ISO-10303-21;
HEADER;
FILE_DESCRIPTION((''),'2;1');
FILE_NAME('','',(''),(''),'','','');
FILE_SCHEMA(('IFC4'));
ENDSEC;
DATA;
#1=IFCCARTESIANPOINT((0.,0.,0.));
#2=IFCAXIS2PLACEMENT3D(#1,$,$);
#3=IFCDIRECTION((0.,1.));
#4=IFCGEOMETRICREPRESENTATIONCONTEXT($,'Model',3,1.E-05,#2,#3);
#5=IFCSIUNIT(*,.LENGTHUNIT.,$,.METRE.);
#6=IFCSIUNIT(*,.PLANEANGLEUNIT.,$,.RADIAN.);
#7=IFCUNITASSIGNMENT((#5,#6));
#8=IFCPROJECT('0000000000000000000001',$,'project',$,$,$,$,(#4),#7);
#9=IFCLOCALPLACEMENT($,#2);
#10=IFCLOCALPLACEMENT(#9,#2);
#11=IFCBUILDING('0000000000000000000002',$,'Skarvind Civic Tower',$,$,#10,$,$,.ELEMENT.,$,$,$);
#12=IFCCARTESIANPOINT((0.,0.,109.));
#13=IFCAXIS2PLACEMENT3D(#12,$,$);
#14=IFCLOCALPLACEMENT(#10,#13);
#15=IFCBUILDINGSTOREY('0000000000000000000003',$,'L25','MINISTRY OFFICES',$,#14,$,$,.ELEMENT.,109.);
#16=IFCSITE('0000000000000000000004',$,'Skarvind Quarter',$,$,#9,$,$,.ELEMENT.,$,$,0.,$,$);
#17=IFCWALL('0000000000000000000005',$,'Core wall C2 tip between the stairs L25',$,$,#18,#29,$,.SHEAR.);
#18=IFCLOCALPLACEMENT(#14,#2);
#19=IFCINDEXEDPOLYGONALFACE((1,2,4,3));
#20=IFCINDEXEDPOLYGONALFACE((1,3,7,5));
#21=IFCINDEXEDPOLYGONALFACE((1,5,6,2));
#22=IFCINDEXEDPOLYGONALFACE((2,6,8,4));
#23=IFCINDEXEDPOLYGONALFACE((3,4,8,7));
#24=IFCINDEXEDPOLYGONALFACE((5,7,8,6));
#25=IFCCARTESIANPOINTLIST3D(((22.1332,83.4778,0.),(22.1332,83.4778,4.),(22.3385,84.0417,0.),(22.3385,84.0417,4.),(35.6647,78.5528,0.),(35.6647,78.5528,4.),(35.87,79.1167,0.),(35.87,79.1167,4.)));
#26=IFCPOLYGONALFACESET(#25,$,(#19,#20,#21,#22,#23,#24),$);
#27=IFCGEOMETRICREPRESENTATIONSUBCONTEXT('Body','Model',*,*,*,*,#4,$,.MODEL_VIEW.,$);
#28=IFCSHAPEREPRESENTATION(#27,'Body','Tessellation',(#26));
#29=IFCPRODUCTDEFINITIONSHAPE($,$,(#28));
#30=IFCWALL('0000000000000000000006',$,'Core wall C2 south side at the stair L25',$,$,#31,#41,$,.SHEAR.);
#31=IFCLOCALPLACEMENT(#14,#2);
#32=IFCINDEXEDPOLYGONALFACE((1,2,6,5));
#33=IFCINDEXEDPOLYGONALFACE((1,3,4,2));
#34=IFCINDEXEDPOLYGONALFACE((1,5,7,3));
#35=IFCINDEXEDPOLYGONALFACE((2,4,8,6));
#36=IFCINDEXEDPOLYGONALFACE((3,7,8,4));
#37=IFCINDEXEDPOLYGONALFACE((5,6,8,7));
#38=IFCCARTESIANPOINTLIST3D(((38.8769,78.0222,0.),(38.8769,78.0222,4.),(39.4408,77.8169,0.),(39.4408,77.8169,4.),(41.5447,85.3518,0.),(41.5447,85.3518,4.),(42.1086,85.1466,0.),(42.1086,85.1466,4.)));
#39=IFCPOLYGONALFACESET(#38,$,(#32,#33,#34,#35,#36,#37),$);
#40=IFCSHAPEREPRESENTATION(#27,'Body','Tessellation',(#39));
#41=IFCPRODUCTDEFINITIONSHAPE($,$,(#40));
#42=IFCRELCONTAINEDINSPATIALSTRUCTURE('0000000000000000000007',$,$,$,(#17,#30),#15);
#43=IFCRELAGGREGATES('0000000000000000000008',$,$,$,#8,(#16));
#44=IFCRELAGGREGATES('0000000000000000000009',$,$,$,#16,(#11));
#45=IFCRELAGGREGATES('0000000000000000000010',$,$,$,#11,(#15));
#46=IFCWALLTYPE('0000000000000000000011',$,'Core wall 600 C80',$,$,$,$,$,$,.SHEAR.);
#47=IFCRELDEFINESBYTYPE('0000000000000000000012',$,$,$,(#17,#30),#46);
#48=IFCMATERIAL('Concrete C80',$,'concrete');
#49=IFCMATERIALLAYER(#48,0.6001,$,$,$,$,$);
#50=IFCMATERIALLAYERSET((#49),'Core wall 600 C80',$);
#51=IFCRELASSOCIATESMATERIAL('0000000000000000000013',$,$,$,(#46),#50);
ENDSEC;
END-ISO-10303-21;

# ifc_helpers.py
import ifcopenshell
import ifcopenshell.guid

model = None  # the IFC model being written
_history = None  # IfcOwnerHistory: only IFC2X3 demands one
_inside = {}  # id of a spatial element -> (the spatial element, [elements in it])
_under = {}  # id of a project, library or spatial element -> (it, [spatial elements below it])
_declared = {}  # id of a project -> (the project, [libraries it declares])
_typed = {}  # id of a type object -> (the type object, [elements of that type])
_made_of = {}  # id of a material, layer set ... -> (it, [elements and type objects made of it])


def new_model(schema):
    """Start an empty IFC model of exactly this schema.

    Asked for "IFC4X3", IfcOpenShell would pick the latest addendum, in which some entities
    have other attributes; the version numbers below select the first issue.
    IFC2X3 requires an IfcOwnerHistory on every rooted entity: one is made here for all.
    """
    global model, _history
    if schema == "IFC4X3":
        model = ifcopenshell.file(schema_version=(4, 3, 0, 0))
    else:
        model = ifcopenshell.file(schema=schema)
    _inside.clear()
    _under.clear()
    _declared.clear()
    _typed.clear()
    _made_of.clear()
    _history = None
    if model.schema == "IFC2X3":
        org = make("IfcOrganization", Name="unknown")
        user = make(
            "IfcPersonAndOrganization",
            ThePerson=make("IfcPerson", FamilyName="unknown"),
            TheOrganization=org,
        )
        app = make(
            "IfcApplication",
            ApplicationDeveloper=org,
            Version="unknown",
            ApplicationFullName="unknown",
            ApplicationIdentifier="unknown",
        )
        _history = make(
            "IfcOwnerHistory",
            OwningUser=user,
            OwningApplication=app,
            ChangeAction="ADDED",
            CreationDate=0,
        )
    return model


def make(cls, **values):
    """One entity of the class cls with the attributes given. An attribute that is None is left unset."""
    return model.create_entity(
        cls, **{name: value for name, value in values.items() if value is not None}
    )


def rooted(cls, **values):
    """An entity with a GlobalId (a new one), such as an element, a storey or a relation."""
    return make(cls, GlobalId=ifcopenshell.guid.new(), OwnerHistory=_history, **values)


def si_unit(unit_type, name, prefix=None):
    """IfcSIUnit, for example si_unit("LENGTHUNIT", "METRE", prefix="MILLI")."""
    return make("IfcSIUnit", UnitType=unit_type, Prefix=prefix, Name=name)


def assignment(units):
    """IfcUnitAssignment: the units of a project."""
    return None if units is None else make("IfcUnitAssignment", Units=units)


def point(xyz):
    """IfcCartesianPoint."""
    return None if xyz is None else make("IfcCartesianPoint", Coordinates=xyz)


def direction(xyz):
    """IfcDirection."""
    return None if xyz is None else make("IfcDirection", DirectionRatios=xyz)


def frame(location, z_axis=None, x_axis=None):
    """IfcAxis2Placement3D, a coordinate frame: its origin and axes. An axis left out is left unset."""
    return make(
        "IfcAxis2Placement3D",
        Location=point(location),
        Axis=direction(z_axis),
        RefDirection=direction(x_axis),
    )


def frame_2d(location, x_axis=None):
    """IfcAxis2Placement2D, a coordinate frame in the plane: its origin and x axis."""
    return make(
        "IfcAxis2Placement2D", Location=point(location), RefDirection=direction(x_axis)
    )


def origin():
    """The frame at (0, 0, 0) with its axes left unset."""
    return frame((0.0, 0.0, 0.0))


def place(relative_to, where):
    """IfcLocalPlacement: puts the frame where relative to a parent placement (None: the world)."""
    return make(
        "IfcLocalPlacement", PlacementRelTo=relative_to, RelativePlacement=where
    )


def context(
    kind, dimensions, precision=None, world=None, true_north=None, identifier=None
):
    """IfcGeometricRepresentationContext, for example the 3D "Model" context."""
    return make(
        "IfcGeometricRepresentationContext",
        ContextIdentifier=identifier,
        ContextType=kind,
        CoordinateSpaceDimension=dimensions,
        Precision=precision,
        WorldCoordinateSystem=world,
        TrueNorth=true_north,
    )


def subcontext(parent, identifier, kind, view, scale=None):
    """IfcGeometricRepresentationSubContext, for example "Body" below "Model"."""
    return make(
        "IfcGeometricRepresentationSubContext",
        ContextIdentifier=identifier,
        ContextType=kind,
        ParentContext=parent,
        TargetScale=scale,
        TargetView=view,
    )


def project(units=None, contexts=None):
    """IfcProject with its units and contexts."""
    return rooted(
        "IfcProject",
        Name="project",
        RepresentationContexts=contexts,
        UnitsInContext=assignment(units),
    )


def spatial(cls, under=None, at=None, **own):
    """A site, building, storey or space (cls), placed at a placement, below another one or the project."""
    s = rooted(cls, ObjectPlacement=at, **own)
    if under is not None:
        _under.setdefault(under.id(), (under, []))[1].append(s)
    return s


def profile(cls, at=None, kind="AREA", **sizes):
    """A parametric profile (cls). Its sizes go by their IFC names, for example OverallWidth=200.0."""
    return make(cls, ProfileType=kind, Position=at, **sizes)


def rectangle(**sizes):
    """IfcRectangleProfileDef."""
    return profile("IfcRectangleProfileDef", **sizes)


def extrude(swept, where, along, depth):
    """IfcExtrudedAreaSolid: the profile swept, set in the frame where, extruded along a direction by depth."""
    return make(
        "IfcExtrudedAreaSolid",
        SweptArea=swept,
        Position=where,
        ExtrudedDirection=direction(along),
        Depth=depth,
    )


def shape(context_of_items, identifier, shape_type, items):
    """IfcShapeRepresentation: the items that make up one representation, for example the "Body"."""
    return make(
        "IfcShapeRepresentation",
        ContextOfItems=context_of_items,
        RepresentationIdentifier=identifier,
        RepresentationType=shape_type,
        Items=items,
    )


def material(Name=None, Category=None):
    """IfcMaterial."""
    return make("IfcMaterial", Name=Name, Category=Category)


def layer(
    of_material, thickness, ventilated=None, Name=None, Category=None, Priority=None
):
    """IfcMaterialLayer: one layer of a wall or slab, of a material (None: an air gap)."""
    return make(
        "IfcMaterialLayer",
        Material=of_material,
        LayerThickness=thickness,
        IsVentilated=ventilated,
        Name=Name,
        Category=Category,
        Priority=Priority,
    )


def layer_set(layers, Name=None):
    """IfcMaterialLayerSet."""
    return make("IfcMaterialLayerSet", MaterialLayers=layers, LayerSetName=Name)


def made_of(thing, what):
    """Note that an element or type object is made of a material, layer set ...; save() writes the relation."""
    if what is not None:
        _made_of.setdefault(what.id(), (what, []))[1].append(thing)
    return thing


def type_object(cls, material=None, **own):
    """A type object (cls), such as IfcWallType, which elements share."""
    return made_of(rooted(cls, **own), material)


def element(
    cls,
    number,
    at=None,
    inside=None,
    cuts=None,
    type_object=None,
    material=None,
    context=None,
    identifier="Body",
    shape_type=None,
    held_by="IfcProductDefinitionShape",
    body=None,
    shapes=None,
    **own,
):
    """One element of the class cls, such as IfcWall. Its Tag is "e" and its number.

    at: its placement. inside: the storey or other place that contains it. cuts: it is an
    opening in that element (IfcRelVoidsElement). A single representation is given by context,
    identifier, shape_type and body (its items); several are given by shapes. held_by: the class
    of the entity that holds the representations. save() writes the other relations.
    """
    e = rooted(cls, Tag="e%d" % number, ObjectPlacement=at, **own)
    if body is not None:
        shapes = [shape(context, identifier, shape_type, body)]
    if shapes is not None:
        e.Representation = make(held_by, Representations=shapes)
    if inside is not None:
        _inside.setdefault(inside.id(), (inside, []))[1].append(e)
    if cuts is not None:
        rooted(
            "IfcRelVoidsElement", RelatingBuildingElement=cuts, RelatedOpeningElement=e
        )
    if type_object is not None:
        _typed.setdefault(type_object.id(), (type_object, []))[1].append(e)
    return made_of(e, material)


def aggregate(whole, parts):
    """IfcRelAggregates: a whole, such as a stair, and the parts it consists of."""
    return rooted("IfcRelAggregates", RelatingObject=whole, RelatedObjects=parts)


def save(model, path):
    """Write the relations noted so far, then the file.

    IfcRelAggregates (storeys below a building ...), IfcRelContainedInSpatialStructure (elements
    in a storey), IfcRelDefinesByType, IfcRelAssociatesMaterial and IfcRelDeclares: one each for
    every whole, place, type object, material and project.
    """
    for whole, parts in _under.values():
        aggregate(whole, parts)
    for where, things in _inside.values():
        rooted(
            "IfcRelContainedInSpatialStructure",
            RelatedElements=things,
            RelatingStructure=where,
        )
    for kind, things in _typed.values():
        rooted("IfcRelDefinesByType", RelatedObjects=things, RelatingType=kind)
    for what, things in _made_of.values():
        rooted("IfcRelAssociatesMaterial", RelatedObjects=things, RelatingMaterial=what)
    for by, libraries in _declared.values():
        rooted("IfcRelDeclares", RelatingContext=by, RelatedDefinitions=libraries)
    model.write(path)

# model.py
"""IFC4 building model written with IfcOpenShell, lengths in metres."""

from ifc_helpers import new_model, si_unit, direction, frame, frame_2d, origin, place, context, subcontext, project, spatial, rectangle, extrude, material, layer, layer_set, type_object, element, save


model = new_model("IFC4")

# Units and contexts
model_context = context("Model", 3, precision=1e-05, world=origin(), true_north=direction((0.0, 1.0)))
body_context = subcontext(model_context, "Body", "Model", "MODEL_VIEW")
ifc_project = project(units=[si_unit("LENGTHUNIT", "METRE"), si_unit("PLANEANGLEUNIT", "RADIAN")], contexts=[model_context])

# Site, building, storey
site_placement = place(None, origin())
site = spatial("IfcSite", under=ifc_project, at=site_placement, Name="Skarvind Quarter", CompositionType="ELEMENT", RefElevation=0.0)
building_placement = place(site_placement, origin())
building = spatial("IfcBuilding", under=site, at=building_placement, Name="Skarvind Civic Tower", CompositionType="ELEMENT")
storey_placement = place(building_placement, frame((0.0, 0.0, 109.0)))
storey = spatial("IfcBuildingStorey", under=building, at=storey_placement, Name="L25", Description="MINISTRY OFFICES", CompositionType="ELEMENT", Elevation=109.0)

# Walls
ifc_material_1 = material(Name="Concrete C80", Category="concrete")
ifc_layer_1 = layer(ifc_material_1, 0.6001)
ifc_layer_set_1 = layer_set([ifc_layer_1], Name="Core wall 600 C80")
wall_type_1 = type_object("IfcWallType", Name="Core wall 600 C80", PredefinedType="SHEAR", material=ifc_layer_set_1)
wall_1_placement = place(storey_placement, frame((35.7673, 78.8347, 0.0), z_axis=(0.0, 0.0, 1.0), x_axis=(-0.939693, 0.342019, 0.0)))
element("IfcWall", 1, at=wall_1_placement, inside=storey, type_object=wall_type_1, Name="Core wall C2 tip between the stairs L25", PredefinedType="SHEAR", context=body_context, shape_type="SweptSolid", body=[
    extrude(rectangle(XDim=14.3999, YDim=0.6001, at=frame_2d((7.2, 0.0))), origin(), (0.0, 0.0, 1.0), 4.0),
])
wall_2_placement = place(storey_placement, frame((39.1589, 77.9197, 0.0), z_axis=(0.0, 0.0, 1.0), x_axis=(0.342017, 0.939694, 0.0)))
element("IfcWall", 2, at=wall_2_placement, inside=storey, type_object=wall_type_1, Name="Core wall C2 south side at the stair L25", PredefinedType="SHEAR", context=body_context, shape_type="SweptSolid", body=[
    extrude(rectangle(XDim=7.8, YDim=0.6001, at=frame_2d((3.8999, 0.0))), origin(), (0.0, 0.0, 1.0), 4.0),
])

save(model, "model.ifc")
